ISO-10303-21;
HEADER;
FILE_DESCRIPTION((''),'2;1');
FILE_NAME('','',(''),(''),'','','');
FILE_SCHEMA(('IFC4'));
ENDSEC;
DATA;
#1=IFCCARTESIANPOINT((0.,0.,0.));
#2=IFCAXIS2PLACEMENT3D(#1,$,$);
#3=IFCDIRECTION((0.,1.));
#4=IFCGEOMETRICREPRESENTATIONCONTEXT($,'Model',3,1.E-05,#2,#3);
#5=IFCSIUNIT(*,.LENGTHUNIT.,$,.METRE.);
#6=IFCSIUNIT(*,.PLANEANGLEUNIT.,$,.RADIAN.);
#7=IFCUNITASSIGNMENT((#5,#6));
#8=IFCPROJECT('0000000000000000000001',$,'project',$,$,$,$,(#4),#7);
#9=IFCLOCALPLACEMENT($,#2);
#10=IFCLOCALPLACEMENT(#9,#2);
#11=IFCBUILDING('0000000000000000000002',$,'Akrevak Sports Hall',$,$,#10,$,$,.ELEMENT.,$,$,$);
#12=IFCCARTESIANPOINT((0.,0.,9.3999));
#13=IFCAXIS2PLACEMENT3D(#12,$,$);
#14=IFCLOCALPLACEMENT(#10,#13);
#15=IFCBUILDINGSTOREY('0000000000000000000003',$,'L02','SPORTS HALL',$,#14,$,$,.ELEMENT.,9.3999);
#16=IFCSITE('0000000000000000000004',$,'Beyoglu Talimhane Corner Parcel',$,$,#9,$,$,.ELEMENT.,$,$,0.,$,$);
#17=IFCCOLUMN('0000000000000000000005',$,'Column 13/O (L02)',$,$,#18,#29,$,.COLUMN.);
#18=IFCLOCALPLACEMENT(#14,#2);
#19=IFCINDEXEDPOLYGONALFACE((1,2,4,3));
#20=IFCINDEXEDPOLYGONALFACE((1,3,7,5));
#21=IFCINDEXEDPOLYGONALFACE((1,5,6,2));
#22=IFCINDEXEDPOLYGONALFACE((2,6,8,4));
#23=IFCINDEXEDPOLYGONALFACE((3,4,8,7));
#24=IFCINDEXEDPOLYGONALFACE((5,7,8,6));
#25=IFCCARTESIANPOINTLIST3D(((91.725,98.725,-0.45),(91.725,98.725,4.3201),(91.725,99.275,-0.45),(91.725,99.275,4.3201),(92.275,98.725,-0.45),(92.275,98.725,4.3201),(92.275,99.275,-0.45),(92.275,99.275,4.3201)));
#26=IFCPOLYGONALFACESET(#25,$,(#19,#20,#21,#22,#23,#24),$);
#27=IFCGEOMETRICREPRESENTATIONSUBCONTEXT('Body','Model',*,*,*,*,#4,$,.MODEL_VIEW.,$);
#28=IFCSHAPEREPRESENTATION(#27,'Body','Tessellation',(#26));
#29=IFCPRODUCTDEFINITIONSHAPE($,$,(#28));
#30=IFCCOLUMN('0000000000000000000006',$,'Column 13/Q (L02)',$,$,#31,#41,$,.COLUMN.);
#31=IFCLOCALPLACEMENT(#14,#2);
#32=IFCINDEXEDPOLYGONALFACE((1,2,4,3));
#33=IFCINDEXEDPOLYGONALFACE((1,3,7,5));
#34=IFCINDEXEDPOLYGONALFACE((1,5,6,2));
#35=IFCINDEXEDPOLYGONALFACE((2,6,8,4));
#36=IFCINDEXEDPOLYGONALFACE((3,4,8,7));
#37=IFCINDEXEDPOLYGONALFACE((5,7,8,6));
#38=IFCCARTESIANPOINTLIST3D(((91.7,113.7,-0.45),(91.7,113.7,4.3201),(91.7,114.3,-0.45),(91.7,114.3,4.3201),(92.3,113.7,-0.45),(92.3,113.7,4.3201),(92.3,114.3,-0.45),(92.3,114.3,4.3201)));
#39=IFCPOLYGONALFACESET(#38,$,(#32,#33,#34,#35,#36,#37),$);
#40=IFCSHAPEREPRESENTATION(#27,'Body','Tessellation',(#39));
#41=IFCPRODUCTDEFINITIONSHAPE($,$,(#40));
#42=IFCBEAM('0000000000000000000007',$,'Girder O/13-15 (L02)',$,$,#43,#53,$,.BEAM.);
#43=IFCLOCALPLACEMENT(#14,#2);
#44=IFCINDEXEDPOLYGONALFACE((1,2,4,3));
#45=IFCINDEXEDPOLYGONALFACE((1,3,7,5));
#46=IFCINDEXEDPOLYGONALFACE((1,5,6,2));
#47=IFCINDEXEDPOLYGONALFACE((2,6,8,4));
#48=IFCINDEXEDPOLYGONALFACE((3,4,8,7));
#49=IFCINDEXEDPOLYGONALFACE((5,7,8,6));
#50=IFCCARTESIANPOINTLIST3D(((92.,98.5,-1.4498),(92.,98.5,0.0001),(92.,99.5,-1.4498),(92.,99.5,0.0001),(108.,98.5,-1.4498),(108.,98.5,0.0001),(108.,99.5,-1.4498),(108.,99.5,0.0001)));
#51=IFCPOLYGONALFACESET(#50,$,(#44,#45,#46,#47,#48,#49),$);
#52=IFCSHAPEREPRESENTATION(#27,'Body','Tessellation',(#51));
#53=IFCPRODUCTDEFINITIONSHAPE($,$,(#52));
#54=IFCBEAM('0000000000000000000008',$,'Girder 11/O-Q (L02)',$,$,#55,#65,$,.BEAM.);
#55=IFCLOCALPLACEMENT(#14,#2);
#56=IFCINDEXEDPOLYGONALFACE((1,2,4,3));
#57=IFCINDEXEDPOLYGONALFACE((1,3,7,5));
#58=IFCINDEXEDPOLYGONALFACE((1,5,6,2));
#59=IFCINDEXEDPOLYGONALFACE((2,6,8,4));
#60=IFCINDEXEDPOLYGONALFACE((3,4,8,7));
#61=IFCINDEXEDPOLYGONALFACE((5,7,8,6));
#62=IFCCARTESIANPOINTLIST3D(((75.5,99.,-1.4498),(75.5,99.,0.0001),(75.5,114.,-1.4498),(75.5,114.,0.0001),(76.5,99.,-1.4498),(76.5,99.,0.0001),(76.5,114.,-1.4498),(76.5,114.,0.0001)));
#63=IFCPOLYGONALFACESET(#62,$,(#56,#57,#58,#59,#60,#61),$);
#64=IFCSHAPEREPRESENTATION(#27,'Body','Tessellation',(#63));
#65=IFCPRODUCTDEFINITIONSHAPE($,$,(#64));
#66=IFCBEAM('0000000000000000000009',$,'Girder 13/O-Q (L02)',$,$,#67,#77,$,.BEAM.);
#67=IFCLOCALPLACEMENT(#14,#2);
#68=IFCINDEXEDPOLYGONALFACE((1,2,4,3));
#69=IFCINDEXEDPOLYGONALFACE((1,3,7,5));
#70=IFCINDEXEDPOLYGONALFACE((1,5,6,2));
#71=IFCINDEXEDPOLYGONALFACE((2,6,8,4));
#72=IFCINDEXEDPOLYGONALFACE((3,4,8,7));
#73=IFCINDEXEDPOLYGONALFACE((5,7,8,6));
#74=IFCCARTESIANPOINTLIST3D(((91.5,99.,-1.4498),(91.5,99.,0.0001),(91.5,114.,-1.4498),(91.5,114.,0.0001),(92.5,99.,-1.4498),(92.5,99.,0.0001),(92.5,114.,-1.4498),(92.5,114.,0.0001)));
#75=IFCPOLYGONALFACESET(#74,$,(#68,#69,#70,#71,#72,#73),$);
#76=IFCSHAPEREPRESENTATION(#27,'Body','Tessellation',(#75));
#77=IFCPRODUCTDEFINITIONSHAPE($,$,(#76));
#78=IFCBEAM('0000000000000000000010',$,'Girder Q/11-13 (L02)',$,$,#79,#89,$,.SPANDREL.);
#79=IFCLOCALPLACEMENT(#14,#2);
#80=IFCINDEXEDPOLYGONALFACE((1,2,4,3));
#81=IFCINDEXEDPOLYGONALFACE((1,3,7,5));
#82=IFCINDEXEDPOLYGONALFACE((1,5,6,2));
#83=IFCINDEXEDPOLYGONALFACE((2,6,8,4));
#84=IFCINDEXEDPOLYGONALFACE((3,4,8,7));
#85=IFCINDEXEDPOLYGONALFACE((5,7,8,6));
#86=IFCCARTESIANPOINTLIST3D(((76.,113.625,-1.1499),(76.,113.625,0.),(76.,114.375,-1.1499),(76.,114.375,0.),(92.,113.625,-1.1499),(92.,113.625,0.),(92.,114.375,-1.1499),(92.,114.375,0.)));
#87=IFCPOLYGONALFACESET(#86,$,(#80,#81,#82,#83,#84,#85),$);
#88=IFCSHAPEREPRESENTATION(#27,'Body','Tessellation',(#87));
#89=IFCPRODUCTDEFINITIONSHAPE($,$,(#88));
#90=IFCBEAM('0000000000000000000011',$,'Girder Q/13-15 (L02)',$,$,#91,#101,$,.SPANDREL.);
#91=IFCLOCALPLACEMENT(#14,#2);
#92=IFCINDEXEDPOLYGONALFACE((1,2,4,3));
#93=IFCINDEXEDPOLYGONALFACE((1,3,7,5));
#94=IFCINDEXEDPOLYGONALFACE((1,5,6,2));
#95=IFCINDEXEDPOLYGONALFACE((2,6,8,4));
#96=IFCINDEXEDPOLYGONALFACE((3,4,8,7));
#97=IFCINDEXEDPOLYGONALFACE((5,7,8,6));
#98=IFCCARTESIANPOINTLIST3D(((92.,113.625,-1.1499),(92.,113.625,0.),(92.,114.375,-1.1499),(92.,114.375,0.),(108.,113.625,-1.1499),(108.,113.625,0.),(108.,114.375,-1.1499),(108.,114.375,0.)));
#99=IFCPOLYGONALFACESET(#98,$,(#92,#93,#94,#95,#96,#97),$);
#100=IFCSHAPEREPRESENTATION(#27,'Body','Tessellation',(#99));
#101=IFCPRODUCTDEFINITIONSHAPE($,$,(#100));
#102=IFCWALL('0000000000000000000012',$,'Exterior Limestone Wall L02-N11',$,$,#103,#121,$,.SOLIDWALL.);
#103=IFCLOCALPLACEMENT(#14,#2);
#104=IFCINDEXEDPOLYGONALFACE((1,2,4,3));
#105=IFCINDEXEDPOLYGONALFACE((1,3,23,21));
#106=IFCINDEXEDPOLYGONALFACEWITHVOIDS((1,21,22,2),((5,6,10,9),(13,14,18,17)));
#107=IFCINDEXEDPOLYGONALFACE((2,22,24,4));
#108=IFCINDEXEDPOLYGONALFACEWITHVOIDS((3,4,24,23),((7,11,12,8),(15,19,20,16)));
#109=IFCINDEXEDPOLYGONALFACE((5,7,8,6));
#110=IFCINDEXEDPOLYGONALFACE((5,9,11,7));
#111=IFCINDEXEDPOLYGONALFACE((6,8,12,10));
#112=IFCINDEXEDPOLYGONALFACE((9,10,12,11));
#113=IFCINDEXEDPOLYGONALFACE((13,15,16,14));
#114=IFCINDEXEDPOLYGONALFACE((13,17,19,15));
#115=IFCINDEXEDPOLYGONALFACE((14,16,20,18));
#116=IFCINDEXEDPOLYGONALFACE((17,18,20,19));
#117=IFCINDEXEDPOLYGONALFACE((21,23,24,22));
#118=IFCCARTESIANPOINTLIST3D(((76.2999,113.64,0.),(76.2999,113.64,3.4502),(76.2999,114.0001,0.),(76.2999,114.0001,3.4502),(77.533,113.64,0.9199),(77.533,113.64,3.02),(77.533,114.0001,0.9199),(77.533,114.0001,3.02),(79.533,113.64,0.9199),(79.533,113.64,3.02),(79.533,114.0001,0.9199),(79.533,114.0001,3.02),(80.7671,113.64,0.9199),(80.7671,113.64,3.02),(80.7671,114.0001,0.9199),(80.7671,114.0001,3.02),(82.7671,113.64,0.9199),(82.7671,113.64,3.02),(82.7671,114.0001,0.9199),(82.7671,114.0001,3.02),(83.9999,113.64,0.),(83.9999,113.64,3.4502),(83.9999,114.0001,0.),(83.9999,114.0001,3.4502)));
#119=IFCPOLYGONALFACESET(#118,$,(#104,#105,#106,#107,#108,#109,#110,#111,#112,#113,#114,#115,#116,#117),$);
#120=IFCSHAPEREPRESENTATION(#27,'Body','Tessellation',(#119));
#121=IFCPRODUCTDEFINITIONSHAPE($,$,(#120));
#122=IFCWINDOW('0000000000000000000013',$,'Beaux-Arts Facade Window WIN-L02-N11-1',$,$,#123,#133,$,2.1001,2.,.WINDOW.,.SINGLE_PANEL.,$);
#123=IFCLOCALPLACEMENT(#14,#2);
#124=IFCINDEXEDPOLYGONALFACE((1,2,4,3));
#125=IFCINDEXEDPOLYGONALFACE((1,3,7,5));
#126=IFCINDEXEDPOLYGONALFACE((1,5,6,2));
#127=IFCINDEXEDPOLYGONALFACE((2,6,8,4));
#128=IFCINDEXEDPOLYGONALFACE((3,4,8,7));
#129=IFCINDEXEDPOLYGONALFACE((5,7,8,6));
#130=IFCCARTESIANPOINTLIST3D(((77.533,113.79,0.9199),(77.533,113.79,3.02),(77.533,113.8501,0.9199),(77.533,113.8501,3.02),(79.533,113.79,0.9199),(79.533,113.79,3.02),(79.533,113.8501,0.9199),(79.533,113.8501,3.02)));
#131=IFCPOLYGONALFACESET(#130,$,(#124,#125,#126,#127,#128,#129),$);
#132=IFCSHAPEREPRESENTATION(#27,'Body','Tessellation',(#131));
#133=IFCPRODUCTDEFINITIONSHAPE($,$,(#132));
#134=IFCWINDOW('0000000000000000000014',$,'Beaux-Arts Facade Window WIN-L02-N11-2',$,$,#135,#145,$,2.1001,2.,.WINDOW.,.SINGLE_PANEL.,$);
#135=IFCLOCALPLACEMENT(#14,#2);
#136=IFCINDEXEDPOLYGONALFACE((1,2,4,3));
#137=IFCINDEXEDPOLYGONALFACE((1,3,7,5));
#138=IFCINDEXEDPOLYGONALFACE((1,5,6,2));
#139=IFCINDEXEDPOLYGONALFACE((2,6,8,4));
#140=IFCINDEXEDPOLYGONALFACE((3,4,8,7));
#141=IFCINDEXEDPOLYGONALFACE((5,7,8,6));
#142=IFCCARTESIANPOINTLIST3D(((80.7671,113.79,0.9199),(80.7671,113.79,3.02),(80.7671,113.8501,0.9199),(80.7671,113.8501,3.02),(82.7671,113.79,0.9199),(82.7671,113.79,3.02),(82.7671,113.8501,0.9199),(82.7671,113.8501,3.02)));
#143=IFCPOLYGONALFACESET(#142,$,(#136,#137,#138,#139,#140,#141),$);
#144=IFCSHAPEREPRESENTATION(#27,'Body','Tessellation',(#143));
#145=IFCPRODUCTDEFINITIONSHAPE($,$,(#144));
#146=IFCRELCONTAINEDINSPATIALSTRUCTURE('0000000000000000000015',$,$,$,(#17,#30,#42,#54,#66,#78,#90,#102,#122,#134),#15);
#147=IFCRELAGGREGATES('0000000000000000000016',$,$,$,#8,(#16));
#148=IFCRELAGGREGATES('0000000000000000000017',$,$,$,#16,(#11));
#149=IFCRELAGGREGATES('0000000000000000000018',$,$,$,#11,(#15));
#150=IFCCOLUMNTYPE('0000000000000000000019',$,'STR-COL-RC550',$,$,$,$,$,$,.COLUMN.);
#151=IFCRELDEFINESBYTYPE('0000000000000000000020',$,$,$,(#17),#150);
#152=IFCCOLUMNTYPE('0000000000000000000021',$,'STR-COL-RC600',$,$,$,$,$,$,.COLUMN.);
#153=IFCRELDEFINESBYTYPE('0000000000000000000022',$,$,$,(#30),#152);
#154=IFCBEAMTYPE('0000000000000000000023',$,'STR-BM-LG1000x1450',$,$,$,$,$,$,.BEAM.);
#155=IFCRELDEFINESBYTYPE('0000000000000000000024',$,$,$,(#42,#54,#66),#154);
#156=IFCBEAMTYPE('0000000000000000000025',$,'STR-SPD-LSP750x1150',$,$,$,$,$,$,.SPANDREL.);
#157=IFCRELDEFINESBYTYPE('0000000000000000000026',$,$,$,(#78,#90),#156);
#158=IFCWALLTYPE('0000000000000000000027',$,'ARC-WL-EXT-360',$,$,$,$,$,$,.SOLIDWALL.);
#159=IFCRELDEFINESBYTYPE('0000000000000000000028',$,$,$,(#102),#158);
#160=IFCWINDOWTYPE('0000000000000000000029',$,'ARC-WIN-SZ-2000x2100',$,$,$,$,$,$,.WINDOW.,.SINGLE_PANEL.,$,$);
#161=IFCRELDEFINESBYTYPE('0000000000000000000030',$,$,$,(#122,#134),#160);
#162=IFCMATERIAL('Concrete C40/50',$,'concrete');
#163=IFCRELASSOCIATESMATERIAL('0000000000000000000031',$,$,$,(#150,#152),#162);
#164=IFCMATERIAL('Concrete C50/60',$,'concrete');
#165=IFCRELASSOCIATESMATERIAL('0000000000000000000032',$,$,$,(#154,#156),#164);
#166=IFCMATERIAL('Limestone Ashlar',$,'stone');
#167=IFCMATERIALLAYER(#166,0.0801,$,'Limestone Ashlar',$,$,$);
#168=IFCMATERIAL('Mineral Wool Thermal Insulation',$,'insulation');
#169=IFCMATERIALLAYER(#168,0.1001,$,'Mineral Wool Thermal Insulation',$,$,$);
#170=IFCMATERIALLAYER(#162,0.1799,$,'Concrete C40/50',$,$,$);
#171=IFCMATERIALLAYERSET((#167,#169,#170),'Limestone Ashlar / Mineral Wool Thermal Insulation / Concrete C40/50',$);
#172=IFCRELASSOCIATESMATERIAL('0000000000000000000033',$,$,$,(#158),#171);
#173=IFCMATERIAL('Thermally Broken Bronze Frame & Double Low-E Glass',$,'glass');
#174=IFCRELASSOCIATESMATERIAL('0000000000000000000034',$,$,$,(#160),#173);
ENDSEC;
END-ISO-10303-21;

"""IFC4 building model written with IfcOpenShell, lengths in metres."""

from ifc_helpers import new_model, si_unit, direction, frame, frame_2d, origin, origin_2d, place, context, subcontext, project, spatial, rectangle, extrude, material, layer, layer_set, material_profile, profile_set, type_object, element, fill, save


model = new_model("IFC4")

# Units and contexts
model_context = context("Model", 3, precision=1e-05, world=origin(), true_north=direction((0.0, 1.0)))
body_context = subcontext(model_context, "Body", "Model", "MODEL_VIEW")
ifc_project = project(units=[si_unit("LENGTHUNIT", "METRE"), si_unit("PLANEANGLEUNIT", "RADIAN")], contexts=[model_context])

# Site, building, storey
site_placement = place(None, origin())
site = spatial("IfcSite", under=ifc_project, at=site_placement, Name="Beyoglu Talimhane Corner Parcel", CompositionType="ELEMENT", RefElevation=0.0)
building_placement = place(site_placement, origin())
building = spatial("IfcBuilding", under=site, at=building_placement, Name="Akrevak Sports Hall", CompositionType="ELEMENT")
storey_placement = place(building_placement, frame((0.0, 0.0, 9.3999)))
storey = spatial("IfcBuildingStorey", under=building, at=storey_placement, Name="L02", Description="SPORTS HALL", CompositionType="ELEMENT", Elevation=9.3999)

# Columns
ifc_material_1 = material(Name="Concrete C40/50", Category="concrete")
ifc_material_profile_1 = material_profile(ifc_material_1, rectangle(XDim=0.55, YDim=0.55, at=origin_2d()), Name="RC 550x550", Category="concrete")
ifc_profile_set_1 = profile_set([ifc_material_profile_1], Name="Concrete C40/50")
column_type_1 = type_object("IfcColumnType", Name="STR-COL-RC550", PredefinedType="COLUMN", material=ifc_profile_set_1)
column_1_placement = place(storey_placement, frame((92.0, 99.0, -0.45), z_axis=(0.0, 0.0, 1.0), x_axis=(1.0, 0.0, 0.0)))
element("IfcColumn", 1, at=column_1_placement, inside=storey, type_object=column_type_1, Name="Column 13/O (L02)", PredefinedType="COLUMN", context=body_context, shape_type="SweptSolid", body=[
    extrude(rectangle(XDim=0.55, YDim=0.55, at=origin_2d()), origin(), (0.0, 0.0, 1.0), 4.77),
])
ifc_material_profile_2 = material_profile(ifc_material_1, rectangle(XDim=0.6001, YDim=0.6001, at=origin_2d()), Name="RC 600x600", Category="concrete")
ifc_profile_set_2 = profile_set([ifc_material_profile_2], Name="Concrete C40/50")
column_type_2 = type_object("IfcColumnType", Name="STR-COL-RC600", PredefinedType="COLUMN", material=ifc_profile_set_2)
column_2_placement = place(storey_placement, frame((92.0, 114.0, -0.45), z_axis=(0.0, 0.0, 1.0), x_axis=(1.0, 0.0, 0.0)))
element("IfcColumn", 2, at=column_2_placement, inside=storey, type_object=column_type_2, Name="Column 13/Q (L02)", PredefinedType="COLUMN", context=body_context, shape_type="SweptSolid", body=[
    extrude(rectangle(XDim=0.6001, YDim=0.6001, at=origin_2d()), origin(), (0.0, 0.0, 1.0), 4.77),
])

# Beams
ifc_material_2 = material(Name="Concrete C50/60", Category="concrete")
ifc_material_profile_3 = material_profile(ifc_material_2, rectangle(XDim=1.0, YDim=1.45, at=origin_2d()), Name="BM 1000x1450", Category="concrete")
ifc_profile_set_3 = profile_set([ifc_material_profile_3], Name="Concrete C50/60")
beam_type_1 = type_object("IfcBeamType", Name="STR-BM-LG1000x1450", PredefinedType="BEAM", material=ifc_profile_set_3)
beam_placement = place(storey_placement, frame((92.0, 99.0, -0.7249), z_axis=(1.0, 0.0, 0.0), x_axis=(0.0, 1.0, 0.0)))
element("IfcBeam", 3, at=beam_placement, inside=storey, type_object=beam_type_1, Name="Girder O/13-15 (L02)", PredefinedType="BEAM", context=body_context, shape_type="SweptSolid", body=[
    extrude(rectangle(XDim=1.0, YDim=1.45, at=origin_2d()), origin(), (0.0, 0.0, 1.0), 16.0),
])
for number, where, z_axis, x_axis, name in (
    (4, (76.0, 99.0, -0.7249), (0.0, 1.0, 0.0), (-1.0, 0.0, 0.0), "Girder 11/O-Q (L02)"),
    (5, (92.0, 99.0, -0.7249), (0.0, 1.0, 0.0), (-1.0, 0.0, 0.0), "Girder 13/O-Q (L02)"),
):
    element("IfcBeam", number, at=place(storey_placement, frame(where, z_axis=z_axis, x_axis=x_axis)), inside=storey, type_object=beam_type_1, Name=name, PredefinedType="BEAM", context=body_context, shape_type="SweptSolid", body=[
        extrude(rectangle(XDim=1.0, YDim=1.45, at=origin_2d()), origin(), (0.0, 0.0, 1.0), 15.0),
    ])
ifc_material_profile_4 = material_profile(ifc_material_2, rectangle(XDim=0.75, YDim=1.1499, at=origin_2d()), Name="SPD 750x1150", Category="concrete")
ifc_profile_set_4 = profile_set([ifc_material_profile_4], Name="Concrete C50/60")
beam_type_2 = type_object("IfcBeamType", Name="STR-SPD-LSP750x1150", PredefinedType="SPANDREL", material=ifc_profile_set_4)
for number, where, z_axis, x_axis, name in (
    (6, (76.0, 114.0, -0.575), (1.0, 0.0, 0.0), (0.0, 1.0, 0.0), "Girder Q/11-13 (L02)"),
    (7, (92.0, 114.0, -0.575), (1.0, 0.0, 0.0), (0.0, 1.0, 0.0), "Girder Q/13-15 (L02)"),
):
    element("IfcBeam", number, at=place(storey_placement, frame(where, z_axis=z_axis, x_axis=x_axis)), inside=storey, type_object=beam_type_2, Name=name, PredefinedType="SPANDREL", context=body_context, shape_type="SweptSolid", body=[
        extrude(rectangle(XDim=0.75, YDim=1.1499, at=origin_2d()), origin(), (0.0, 0.0, 1.0), 16.0),
    ])

# Wall, openings, windows
ifc_material_3 = material(Name="Limestone Ashlar", Category="stone")
ifc_layer_1 = layer(ifc_material_3, 0.0801, Name="Limestone Ashlar")
ifc_material_4 = material(Name="Mineral Wool Thermal Insulation", Category="insulation")
ifc_layer_2 = layer(ifc_material_4, 0.1001, Name="Mineral Wool Thermal Insulation")
ifc_layer_3 = layer(ifc_material_1, 0.1799, Name="Concrete C40/50")
ifc_layer_set_1 = layer_set([ifc_layer_1, ifc_layer_2, ifc_layer_3], Name="Limestone Ashlar / Mineral Wool Thermal Insulation / Concrete C40/50")
wall_type_1 = type_object("IfcWallType", Name="ARC-WL-EXT-360", PredefinedType="SOLIDWALL", material=ifc_layer_set_1)
wall_1_placement = place(storey_placement, frame((84.0, 113.8201, 0.0), z_axis=(0.0, 0.0, 1.0), x_axis=(-1.0, 0.0, 0.0)))
wall_1 = element("IfcWall", 8, at=wall_1_placement, inside=storey, type_object=wall_type_1, Name="Exterior Limestone Wall L02-N11", PredefinedType="SOLIDWALL", context=body_context, shape_type="SweptSolid", body=[
    extrude(rectangle(XDim=7.7, YDim=0.3601, at=frame_2d((3.8501, 0.0))), origin(), (0.0, 0.0, 1.0), 3.4502),
])
opening_1_placement = place(wall_1_placement, frame((4.467, 0.0, 0.9199)))
opening_1 = element("IfcOpeningElement", 9, at=opening_1_placement, cuts=wall_1, PredefinedType="OPENING", context=body_context, shape_type="SweptSolid", body=[
    extrude(rectangle(XDim=2.0, YDim=2.1001, at=frame_2d((1.0, 1.05))), frame((0.0, 0.1919, 0.0), z_axis=(0.0, -1.0, 0.0), x_axis=(1.0, 0.0, 0.0)), (0.0, 0.0, 1.0), 0.384),
])
opening_2_placement = place(wall_1_placement, frame((1.2329, 0.0, 0.9199)))
opening_2 = element("IfcOpeningElement", 10, at=opening_2_placement, cuts=wall_1, PredefinedType="OPENING", context=body_context, shape_type="SweptSolid", body=[
    extrude(rectangle(XDim=2.0, YDim=2.1001, at=frame_2d((1.0, 1.05))), frame((0.0, 0.1919, 0.0), z_axis=(0.0, -1.0, 0.0), x_axis=(1.0, 0.0, 0.0)), (0.0, 0.0, 1.0), 0.384),
])
ifc_material_5 = material(Name="Thermally Broken Bronze Frame & Double Low-E Glass", Category="glass")
window_type = type_object("IfcWindowType", Name="ARC-WIN-SZ-2000x2100", PartitioningType="SINGLE_PANEL", PredefinedType="WINDOW", material=ifc_material_5)
window_1_placement = place(opening_1_placement, origin())
window_1 = element("IfcWindow", 11, at=window_1_placement, inside=storey, type_object=window_type, Name="Beaux-Arts Facade Window WIN-L02-N11-1", OverallHeight=2.1001, OverallWidth=2.0, PartitioningType="SINGLE_PANEL", PredefinedType="WINDOW", context=body_context, shape_type="SweptSolid", body=[
    extrude(rectangle(XDim=2.0, YDim=2.1001, at=frame_2d((1.0, 1.05))), frame((0.0, 0.03, 0.0), z_axis=(0.0, -1.0, 0.0), x_axis=(1.0, 0.0, 0.0)), (0.0, 0.0, 1.0), 0.0601),
])
fill(opening_1, window_1)
window_2_placement = place(opening_2_placement, origin())
window_2 = element("IfcWindow", 12, at=window_2_placement, inside=storey, type_object=window_type, Name="Beaux-Arts Facade Window WIN-L02-N11-2", OverallHeight=2.1001, OverallWidth=2.0, PartitioningType="SINGLE_PANEL", PredefinedType="WINDOW", context=body_context, shape_type="SweptSolid", body=[
    extrude(rectangle(XDim=2.0, YDim=2.1001, at=frame_2d((1.0, 1.05))), frame((0.0, 0.03, 0.0), z_axis=(0.0, -1.0, 0.0), x_axis=(1.0, 0.0, 0.0)), (0.0, 0.0, 1.0), 0.0601),
])
fill(opening_2, window_2)

save(model, "model.ifc")
